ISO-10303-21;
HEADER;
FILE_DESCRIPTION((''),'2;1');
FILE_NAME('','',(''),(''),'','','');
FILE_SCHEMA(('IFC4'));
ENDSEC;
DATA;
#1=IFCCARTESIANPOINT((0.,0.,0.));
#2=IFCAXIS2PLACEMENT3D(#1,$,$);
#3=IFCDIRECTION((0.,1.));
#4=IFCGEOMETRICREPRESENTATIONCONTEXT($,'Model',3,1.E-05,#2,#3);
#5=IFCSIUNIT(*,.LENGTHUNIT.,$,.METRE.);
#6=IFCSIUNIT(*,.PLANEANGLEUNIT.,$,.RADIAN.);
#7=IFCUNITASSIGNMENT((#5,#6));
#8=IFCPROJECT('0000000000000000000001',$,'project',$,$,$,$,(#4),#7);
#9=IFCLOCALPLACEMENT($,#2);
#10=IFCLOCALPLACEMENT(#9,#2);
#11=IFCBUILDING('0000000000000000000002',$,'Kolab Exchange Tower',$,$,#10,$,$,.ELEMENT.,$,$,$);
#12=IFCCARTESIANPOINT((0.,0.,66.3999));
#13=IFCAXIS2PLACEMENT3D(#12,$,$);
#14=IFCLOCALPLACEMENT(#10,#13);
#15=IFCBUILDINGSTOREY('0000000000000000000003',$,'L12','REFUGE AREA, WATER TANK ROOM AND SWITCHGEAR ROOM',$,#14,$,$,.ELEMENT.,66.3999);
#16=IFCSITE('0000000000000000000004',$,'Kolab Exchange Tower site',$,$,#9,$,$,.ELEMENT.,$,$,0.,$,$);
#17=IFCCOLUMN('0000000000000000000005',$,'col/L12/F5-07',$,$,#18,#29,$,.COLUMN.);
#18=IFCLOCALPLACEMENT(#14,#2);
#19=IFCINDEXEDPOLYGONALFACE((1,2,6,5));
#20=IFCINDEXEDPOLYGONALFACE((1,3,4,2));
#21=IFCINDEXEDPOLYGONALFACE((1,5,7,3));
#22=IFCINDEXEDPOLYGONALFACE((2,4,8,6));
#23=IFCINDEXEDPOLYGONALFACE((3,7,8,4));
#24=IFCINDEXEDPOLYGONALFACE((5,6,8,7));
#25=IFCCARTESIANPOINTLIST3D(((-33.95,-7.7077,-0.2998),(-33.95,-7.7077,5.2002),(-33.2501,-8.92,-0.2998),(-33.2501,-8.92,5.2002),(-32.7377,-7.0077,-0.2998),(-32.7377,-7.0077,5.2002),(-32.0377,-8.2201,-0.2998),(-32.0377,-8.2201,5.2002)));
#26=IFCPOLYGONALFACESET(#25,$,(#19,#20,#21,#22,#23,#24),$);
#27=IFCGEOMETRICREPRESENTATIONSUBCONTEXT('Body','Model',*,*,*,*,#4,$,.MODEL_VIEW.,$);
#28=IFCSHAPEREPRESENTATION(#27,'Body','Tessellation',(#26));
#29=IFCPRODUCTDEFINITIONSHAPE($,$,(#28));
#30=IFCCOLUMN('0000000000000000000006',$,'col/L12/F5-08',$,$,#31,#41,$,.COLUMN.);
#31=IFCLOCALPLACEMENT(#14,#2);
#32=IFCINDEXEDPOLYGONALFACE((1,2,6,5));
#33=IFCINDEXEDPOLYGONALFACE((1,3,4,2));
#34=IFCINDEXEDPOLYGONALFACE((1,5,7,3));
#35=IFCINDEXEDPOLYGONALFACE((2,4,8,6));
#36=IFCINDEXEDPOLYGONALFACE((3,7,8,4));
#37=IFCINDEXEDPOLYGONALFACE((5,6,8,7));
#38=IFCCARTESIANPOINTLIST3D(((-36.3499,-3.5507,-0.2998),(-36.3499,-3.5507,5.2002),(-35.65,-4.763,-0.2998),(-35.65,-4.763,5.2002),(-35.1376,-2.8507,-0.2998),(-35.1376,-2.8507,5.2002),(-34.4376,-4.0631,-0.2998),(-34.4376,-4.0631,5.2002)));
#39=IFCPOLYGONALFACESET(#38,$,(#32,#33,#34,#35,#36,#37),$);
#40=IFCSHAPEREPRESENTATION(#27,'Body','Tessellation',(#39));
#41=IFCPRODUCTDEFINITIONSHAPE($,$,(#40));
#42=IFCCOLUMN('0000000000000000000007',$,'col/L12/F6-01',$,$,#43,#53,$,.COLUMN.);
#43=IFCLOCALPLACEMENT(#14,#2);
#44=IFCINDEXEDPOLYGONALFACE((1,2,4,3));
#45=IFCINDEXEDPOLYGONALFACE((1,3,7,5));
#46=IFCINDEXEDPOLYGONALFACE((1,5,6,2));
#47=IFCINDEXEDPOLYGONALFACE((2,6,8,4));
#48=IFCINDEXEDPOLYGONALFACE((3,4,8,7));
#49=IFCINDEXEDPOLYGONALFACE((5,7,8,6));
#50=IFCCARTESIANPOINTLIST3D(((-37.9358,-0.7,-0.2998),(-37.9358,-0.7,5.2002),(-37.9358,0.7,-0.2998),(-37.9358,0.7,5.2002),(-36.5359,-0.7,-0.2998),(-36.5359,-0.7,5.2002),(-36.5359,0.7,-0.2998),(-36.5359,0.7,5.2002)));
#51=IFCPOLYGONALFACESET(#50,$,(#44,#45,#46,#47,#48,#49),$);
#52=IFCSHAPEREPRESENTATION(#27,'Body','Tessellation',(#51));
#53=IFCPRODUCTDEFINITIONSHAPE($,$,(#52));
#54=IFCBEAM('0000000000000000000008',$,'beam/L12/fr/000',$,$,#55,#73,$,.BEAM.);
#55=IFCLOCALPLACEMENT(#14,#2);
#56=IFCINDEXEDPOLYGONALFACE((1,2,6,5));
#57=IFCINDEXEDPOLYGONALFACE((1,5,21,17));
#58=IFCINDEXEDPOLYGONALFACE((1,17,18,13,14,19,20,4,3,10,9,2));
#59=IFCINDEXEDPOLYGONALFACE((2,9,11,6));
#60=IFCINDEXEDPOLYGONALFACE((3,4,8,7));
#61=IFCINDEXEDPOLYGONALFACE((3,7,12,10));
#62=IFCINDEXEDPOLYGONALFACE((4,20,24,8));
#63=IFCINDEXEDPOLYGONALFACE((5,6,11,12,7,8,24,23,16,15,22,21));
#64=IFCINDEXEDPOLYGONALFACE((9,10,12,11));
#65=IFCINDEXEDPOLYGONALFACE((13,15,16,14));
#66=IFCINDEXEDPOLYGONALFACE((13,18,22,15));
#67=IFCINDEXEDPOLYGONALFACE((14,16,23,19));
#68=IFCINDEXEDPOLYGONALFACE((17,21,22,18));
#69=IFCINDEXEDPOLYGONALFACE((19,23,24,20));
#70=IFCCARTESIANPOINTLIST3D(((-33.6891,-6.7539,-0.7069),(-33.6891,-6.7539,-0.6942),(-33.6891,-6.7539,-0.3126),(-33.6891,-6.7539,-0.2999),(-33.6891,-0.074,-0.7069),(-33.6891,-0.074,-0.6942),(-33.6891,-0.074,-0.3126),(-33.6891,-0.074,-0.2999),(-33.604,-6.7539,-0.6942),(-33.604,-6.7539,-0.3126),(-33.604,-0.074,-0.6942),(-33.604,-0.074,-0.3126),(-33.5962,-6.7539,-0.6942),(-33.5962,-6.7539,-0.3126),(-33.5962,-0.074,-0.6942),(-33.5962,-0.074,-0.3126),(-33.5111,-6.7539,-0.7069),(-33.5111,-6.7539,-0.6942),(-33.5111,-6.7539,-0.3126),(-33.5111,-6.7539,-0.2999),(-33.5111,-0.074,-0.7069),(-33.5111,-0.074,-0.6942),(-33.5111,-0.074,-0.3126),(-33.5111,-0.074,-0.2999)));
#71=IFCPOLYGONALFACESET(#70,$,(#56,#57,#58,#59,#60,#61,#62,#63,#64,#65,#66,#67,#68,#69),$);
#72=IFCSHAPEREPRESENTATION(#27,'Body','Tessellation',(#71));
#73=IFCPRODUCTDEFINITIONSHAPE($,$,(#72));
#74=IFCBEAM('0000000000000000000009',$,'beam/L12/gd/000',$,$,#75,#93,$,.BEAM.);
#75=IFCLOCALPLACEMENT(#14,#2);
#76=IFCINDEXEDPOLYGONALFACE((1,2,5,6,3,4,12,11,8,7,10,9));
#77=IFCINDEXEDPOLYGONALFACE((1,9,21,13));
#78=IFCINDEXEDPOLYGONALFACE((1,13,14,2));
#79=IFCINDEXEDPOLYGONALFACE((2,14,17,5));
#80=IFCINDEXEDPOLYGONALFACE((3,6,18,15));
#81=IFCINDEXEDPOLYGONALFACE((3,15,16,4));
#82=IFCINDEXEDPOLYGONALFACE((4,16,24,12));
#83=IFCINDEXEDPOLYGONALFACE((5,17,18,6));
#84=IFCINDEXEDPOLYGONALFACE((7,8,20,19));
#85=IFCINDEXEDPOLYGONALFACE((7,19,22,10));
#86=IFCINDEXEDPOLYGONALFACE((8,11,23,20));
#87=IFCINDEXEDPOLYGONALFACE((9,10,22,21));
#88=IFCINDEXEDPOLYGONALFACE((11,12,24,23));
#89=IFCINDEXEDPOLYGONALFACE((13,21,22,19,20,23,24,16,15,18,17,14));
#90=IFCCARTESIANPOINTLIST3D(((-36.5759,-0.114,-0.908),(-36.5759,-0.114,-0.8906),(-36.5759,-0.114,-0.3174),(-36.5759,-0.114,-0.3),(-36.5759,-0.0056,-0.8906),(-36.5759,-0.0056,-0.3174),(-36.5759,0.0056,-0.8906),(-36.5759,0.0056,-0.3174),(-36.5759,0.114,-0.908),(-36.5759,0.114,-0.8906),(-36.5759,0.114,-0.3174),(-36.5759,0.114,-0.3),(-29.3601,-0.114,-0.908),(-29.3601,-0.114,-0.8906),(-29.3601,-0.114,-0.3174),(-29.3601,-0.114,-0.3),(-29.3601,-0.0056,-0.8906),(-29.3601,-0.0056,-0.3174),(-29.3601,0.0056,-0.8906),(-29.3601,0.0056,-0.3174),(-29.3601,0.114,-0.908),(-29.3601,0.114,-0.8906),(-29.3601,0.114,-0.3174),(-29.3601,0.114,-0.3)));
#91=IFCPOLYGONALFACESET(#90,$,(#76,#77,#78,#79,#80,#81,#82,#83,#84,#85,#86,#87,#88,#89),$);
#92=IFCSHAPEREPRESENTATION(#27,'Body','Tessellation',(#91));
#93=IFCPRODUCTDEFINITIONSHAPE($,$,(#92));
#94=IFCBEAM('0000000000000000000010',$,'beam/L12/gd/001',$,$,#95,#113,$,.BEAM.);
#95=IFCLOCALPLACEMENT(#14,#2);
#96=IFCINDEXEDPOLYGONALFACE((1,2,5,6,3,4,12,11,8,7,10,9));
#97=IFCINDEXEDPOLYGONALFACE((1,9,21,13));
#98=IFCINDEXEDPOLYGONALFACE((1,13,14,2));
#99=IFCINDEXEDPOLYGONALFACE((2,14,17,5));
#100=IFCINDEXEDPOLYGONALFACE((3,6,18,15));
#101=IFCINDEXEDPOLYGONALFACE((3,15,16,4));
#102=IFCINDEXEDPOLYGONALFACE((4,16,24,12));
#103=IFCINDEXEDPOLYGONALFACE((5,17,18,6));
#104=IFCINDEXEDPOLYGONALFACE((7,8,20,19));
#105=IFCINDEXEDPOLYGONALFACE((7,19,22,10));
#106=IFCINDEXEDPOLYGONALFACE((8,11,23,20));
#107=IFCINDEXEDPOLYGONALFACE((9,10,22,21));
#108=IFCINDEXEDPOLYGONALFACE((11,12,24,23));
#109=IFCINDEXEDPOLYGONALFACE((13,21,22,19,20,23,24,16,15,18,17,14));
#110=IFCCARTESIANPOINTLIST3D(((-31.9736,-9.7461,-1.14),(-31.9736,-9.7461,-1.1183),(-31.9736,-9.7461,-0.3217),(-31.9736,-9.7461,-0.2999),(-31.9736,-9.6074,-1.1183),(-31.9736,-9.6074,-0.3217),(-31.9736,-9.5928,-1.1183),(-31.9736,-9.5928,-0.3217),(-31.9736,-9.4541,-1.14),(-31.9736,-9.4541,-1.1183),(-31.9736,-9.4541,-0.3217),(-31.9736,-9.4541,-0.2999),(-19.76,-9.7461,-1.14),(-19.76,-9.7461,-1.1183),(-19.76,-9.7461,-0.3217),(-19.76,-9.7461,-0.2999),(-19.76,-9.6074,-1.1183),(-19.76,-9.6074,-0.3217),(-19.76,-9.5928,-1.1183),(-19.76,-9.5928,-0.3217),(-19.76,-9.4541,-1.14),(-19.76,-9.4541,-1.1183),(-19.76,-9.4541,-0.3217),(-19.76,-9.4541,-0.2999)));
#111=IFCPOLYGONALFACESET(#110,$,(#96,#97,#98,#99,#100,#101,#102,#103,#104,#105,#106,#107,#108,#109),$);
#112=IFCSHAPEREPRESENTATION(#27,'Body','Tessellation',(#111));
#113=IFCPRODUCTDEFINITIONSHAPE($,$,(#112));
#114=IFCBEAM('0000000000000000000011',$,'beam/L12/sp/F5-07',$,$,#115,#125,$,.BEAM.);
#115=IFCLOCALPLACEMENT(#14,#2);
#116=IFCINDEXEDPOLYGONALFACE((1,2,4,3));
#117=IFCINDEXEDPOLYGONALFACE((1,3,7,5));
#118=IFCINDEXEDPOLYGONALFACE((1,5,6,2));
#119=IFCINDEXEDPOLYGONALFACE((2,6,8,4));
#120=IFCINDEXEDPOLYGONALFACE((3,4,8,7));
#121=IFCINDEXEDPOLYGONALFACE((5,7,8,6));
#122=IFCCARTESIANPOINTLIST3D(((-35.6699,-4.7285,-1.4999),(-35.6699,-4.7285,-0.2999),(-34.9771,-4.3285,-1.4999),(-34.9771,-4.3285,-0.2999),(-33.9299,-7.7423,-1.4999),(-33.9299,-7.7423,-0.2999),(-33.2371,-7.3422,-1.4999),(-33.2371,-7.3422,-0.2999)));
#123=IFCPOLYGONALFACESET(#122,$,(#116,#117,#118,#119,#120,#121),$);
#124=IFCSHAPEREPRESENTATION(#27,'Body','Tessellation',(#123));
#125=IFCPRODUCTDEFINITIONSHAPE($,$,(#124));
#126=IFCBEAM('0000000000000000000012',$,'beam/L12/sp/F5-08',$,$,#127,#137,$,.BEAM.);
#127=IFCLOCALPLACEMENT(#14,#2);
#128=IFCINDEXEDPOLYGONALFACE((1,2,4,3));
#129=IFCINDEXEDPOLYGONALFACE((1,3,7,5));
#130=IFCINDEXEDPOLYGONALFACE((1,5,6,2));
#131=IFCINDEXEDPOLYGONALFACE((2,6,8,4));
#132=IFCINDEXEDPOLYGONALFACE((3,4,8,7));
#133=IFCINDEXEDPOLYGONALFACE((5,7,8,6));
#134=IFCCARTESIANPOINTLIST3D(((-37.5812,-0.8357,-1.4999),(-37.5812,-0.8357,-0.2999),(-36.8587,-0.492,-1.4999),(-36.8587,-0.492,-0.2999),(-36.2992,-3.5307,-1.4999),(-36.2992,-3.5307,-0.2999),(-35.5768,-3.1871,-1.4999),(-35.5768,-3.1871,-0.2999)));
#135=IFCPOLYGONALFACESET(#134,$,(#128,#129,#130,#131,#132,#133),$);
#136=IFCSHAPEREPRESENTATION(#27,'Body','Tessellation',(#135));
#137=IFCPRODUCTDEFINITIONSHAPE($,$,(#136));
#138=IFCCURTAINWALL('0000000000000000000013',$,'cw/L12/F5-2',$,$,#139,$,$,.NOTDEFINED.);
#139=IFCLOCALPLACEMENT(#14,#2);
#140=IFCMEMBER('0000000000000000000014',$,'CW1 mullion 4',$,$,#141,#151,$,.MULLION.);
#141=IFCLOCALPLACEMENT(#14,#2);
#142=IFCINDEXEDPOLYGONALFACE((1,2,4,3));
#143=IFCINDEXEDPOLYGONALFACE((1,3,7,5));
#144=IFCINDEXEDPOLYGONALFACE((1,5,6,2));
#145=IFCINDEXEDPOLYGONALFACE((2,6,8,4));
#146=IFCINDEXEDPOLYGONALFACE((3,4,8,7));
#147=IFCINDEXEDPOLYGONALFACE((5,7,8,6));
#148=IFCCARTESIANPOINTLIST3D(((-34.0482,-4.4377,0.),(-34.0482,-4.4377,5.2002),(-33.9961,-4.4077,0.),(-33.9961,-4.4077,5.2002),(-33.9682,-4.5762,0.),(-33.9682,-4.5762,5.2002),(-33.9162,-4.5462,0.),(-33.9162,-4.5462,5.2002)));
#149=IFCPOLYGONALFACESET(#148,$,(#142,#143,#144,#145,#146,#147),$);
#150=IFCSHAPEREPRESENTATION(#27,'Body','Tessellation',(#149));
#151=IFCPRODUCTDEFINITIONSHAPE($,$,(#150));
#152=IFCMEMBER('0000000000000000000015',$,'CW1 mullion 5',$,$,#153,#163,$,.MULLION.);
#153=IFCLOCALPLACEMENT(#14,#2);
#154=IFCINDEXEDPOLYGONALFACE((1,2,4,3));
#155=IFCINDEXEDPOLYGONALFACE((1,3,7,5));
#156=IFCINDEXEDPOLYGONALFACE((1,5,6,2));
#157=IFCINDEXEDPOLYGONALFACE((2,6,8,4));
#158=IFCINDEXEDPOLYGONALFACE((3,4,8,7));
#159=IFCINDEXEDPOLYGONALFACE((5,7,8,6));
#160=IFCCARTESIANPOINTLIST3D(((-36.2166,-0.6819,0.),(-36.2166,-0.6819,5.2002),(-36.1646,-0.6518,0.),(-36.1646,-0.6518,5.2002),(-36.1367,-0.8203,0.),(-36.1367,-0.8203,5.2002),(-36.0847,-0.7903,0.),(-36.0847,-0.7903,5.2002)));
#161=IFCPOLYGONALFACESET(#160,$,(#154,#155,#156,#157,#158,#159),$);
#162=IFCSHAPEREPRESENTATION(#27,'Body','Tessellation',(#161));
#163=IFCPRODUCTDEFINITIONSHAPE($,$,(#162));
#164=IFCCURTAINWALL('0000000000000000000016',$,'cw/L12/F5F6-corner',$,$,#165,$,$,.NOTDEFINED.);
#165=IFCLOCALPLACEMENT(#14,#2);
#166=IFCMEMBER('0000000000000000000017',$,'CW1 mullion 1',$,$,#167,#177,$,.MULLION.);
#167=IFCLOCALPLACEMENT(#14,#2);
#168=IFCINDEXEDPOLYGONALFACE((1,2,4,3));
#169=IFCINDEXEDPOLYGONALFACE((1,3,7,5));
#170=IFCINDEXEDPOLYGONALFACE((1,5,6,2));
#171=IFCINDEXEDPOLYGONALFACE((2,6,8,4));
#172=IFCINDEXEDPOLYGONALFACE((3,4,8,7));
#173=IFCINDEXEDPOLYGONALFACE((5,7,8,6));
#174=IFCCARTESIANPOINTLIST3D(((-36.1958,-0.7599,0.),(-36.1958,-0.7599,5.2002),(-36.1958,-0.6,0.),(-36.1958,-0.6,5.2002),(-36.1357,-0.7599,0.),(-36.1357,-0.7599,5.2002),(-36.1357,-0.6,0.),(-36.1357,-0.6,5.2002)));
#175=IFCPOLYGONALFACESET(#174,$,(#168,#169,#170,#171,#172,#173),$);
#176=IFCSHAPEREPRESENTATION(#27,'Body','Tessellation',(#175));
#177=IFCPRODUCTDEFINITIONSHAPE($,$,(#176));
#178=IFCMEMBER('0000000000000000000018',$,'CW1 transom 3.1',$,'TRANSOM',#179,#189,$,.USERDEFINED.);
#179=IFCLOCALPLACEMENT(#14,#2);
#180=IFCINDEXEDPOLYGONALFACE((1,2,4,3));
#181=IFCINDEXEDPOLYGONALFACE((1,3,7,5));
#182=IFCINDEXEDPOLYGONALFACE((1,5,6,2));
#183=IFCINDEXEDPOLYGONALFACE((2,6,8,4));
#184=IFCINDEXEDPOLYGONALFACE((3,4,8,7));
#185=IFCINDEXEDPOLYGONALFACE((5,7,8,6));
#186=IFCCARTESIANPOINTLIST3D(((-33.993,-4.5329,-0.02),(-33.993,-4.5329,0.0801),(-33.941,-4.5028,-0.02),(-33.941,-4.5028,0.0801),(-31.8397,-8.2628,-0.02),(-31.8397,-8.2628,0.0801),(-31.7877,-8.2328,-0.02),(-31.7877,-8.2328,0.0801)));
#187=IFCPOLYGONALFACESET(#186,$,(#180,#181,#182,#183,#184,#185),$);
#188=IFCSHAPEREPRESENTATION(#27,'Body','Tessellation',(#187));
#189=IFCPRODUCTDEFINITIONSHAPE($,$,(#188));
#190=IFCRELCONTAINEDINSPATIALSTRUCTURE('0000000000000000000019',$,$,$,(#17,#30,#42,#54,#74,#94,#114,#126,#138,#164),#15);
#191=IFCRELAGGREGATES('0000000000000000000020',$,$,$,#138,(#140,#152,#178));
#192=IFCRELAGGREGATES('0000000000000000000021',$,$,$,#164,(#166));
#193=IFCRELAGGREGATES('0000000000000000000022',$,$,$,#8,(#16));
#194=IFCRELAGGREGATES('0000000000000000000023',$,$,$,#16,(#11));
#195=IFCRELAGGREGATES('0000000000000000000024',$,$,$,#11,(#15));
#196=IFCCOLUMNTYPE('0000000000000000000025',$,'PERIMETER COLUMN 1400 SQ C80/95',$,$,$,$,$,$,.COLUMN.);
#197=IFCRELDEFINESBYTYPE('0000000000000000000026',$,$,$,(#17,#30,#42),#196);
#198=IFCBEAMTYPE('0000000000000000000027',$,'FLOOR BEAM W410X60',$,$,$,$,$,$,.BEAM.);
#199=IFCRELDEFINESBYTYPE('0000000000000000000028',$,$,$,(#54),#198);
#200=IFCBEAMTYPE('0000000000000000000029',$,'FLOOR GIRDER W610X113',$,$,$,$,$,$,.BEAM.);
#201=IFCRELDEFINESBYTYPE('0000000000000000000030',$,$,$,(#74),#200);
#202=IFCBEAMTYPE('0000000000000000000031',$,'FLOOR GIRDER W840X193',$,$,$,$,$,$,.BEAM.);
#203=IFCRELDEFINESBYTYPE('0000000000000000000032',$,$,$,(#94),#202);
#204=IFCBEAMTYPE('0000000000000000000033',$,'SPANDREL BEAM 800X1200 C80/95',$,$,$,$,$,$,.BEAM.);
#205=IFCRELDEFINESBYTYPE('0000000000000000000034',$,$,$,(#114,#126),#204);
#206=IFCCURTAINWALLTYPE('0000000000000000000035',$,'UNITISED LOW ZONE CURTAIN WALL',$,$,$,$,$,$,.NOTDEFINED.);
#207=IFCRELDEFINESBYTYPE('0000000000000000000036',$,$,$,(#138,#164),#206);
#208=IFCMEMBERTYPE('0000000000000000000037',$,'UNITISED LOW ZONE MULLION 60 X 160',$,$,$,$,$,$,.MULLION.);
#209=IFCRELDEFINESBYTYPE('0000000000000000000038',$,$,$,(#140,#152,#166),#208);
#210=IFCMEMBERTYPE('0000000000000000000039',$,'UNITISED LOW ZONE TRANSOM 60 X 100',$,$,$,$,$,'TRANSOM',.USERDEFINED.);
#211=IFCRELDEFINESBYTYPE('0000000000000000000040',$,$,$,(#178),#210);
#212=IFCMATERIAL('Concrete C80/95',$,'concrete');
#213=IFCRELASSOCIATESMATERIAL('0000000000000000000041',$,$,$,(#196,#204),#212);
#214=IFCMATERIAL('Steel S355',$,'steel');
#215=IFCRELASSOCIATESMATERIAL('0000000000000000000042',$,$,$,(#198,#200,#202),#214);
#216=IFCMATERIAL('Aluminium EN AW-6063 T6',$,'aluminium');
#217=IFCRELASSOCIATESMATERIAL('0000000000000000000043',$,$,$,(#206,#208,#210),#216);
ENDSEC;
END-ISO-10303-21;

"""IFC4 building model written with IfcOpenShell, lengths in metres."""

from ifc_helpers import new_model, si_unit, direction, frame, origin, origin_2d, place, context, subcontext, project, spatial, rectangle, i_section, extrude, material, material_profile, profile_set, type_object, element, aggregate, save


model = new_model("IFC4")

# Units and contexts
model_context = context("Model", 3, precision=1e-05, world=origin(), true_north=direction((0.0, 1.0)))
body_context = subcontext(model_context, "Body", "Model", "MODEL_VIEW")
ifc_project = project(units=[si_unit("LENGTHUNIT", "METRE"), si_unit("PLANEANGLEUNIT", "RADIAN")], contexts=[model_context])

# Site, building, storey
site_placement = place(None, origin())
site = spatial("IfcSite", under=ifc_project, at=site_placement, Name="Kolab Exchange Tower site", CompositionType="ELEMENT", RefElevation=0.0)
building_placement = place(site_placement, origin())
building = spatial("IfcBuilding", under=site, at=building_placement, Name="Kolab Exchange Tower", CompositionType="ELEMENT")
storey_placement = place(building_placement, frame((0.0, 0.0, 66.3999)))
storey = spatial("IfcBuildingStorey", under=building, at=storey_placement, Name="L12", Description="REFUGE AREA, WATER TANK ROOM AND SWITCHGEAR ROOM", CompositionType="ELEMENT", Elevation=66.3999)

# Columns
ifc_material_1 = material(Name="Concrete C80/95", Category="concrete")
ifc_material_profile_1 = material_profile(ifc_material_1, rectangle(XDim=1.3999, YDim=1.3999, at=origin_2d()), Name="RC1400")
ifc_profile_set_1 = profile_set([ifc_material_profile_1], Name="Concrete C80/95")
column_type = type_object("IfcColumnType", Name="PERIMETER COLUMN 1400 SQ C80/95", PredefinedType="COLUMN", material=ifc_profile_set_1)
for number, where, z_axis, x_axis, name in (
    (1, (-32.9939, -7.9639, -0.2998), (0.0, 0.0, 1.0), (0.866025, 0.5, 0.0), "col/L12/F5-07"),
    (2, (-35.3938, -3.8069, -0.2998), (0.0, 0.0, 1.0), (0.866025, 0.5, 0.0), "col/L12/F5-08"),
    (3, (-37.2358, 0.0, -0.2998), (0.0, 0.0, 1.0), (1.0, 0.0, 0.0), "col/L12/F6-01"),
):
    element("IfcColumn", number, at=place(storey_placement, frame(where, z_axis=z_axis, x_axis=x_axis)), inside=storey, type_object=column_type, Name=name, PredefinedType="COLUMN", context=body_context, shape_type="SweptSolid", body=[
        extrude(rectangle(XDim=1.3999, YDim=1.3999, at=origin_2d()), origin(), (0.0, 0.0, 1.0), 5.5),
    ])

# Beams
ifc_material_2 = material(Name="Steel S355", Category="steel")
ifc_material_profile_2 = material_profile(ifc_material_2, i_section(OverallWidth=0.178, OverallDepth=0.407, WebThickness=0.0078, FlangeThickness=0.0127, at=origin_2d()), Name="W410X60")
ifc_profile_set_2 = profile_set([ifc_material_profile_2], Name="Steel S355")
beam_type_1 = type_object("IfcBeamType", Name="FLOOR BEAM W410X60", PredefinedType="BEAM", material=ifc_profile_set_2)
beam_1_placement = place(storey_placement, frame((-33.6001, -6.7539, -0.5034), z_axis=(0.0, 1.0, 0.0), x_axis=(-1.0, 0.0, 0.0)))
element("IfcBeam", 4, at=beam_1_placement, inside=storey, type_object=beam_type_1, Name="beam/L12/fr/000", PredefinedType="BEAM", context=body_context, shape_type="SweptSolid", body=[
    extrude(i_section(OverallWidth=0.178, OverallDepth=0.407, WebThickness=0.0078, FlangeThickness=0.0127, at=origin_2d()), origin(), (0.0, 0.0, 1.0), 6.6799),
])
ifc_material_profile_3 = material_profile(ifc_material_2, i_section(OverallWidth=0.228, OverallDepth=0.6079, WebThickness=0.0112, FlangeThickness=0.0173, at=origin_2d()), Name="W610X113")
ifc_profile_set_3 = profile_set([ifc_material_profile_3], Name="Steel S355")
beam_type_2 = type_object("IfcBeamType", Name="FLOOR GIRDER W610X113", PredefinedType="BEAM", material=ifc_profile_set_3)
beam_2_placement = place(storey_placement, frame((-36.5759, 0.0, -0.604), z_axis=(1.0, 0.0, 0.0), x_axis=(0.0, 1.0, 0.0)))
element("IfcBeam", 5, at=beam_2_placement, inside=storey, type_object=beam_type_2, Name="beam/L12/gd/000", PredefinedType="BEAM", context=body_context, shape_type="SweptSolid", body=[
    extrude(i_section(OverallWidth=0.228, OverallDepth=0.6079, WebThickness=0.0112, FlangeThickness=0.0173, at=origin_2d()), origin(), (0.0, 0.0, 1.0), 7.2158),
])
ifc_material_profile_4 = material_profile(ifc_material_2, i_section(OverallWidth=0.292, OverallDepth=0.8401, WebThickness=0.0146, FlangeThickness=0.0217, at=origin_2d()), Name="W840X193")
ifc_profile_set_4 = profile_set([ifc_material_profile_4], Name="Steel S355")
beam_type_3 = type_object("IfcBeamType", Name="FLOOR GIRDER W840X193", PredefinedType="BEAM", material=ifc_profile_set_4)
beam_3_placement = place(storey_placement, frame((-31.9736, -9.6001, -0.72), z_axis=(1.0, 0.0, 0.0), x_axis=(0.0, 1.0, 0.0)))
element("IfcBeam", 6, at=beam_3_placement, inside=storey, type_object=beam_type_3, Name="beam/L12/gd/001", PredefinedType="BEAM", context=body_context, shape_type="SweptSolid", body=[
    extrude(i_section(OverallWidth=0.292, OverallDepth=0.8401, WebThickness=0.0146, FlangeThickness=0.0217, at=origin_2d()), origin(), (0.0, 0.0, 1.0), 12.2136),
])
ifc_material_profile_5 = material_profile(ifc_material_1, rectangle(XDim=0.8, YDim=1.2, at=origin_2d()), Name="RC800X1200")
ifc_profile_set_5 = profile_set([ifc_material_profile_5], Name="Concrete C80/95")
beam_type_4 = type_object("IfcBeamType", Name="SPANDREL BEAM 800X1200 C80/95", PredefinedType="BEAM", material=ifc_profile_set_5)
beam_4_placement = place(storey_placement, frame((-33.5835, -7.5422, -0.8999), z_axis=(-0.50001, 0.86602, 0.0), x_axis=(-0.86602, -0.50001, 0.0)))
element("IfcBeam", 7, at=beam_4_placement, inside=storey, type_object=beam_type_4, Name="beam/L12/sp/F5-07", PredefinedType="BEAM", context=body_context, shape_type="SweptSolid", body=[
    extrude(rectangle(XDim=0.8, YDim=1.2, at=origin_2d()), origin(), (0.0, 0.0, 1.0), 3.48),
])
beam_5_placement = place(storey_placement, frame((-35.938, -3.3589, -0.8999), z_axis=(-0.429556, 0.90304, 0.0), x_axis=(-0.90304, -0.429556, 0.0)))
element("IfcBeam", 8, at=beam_5_placement, inside=storey, type_object=beam_type_4, Name="beam/L12/sp/F5-08", PredefinedType="BEAM", context=body_context, shape_type="SweptSolid", body=[
    extrude(rectangle(XDim=0.8, YDim=1.2, at=origin_2d()), origin(), (0.0, 0.0, 1.0), 2.9844),
])

# Curtain wall, members
ifc_material_3 = material(Name="Aluminium EN AW-6063 T6", Category="aluminium")
curtain_wall_type = type_object("IfcCurtainWallType", Name="UNITISED LOW ZONE CURTAIN WALL", PredefinedType="NOTDEFINED", material=ifc_material_3)
curtain_wall_1_placement = place(storey_placement, origin())
curtain_wall_1 = element("IfcCurtainWall", 9, at=curtain_wall_1_placement, inside=storey, type_object=curtain_wall_type, Name="cw/L12/F5-2", PredefinedType="NOTDEFINED")
ifc_material_profile_6 = material_profile(ifc_material_3, rectangle(XDim=0.0601, YDim=0.1599, at=origin_2d()), Name="RECT 60X160")
ifc_profile_set_6 = profile_set([ifc_material_profile_6], Name="Aluminium EN AW-6063 T6")
member_type_1 = type_object("IfcMemberType", Name="UNITISED LOW ZONE MULLION 60 X 160", PredefinedType="MULLION", material=ifc_profile_set_6)
member_1_placement = place(storey_placement, frame((-33.9822, -4.4919, 0.0), z_axis=(0.0, 0.0, 1.0), x_axis=(-0.866025, -0.5, 0.0)))
member_1 = element("IfcMember", 10, at=member_1_placement, type_object=member_type_1, Name="CW1 mullion 4", PredefinedType="MULLION", context=body_context, shape_type="SweptSolid", body=[
    extrude(rectangle(XDim=0.0601, YDim=0.1599, at=origin_2d()), origin(), (0.0, 0.0, 1.0), 5.2002),
])
member_2_placement = place(storey_placement, frame((-36.1506, -0.7361, 0.0), z_axis=(0.0, 0.0, 1.0), x_axis=(-0.866025, -0.5, 0.0)))
member_2 = element("IfcMember", 11, at=member_2_placement, type_object=member_type_1, Name="CW1 mullion 5", PredefinedType="MULLION", context=body_context, shape_type="SweptSolid", body=[
    extrude(rectangle(XDim=0.0601, YDim=0.1599, at=origin_2d()), origin(), (0.0, 0.0, 1.0), 5.2002),
])

# Curtain wall, member
curtain_wall_2_placement = place(storey_placement, origin())
curtain_wall_2 = element("IfcCurtainWall", 12, at=curtain_wall_2_placement, inside=storey, type_object=curtain_wall_type, Name="cw/L12/F5F6-corner", PredefinedType="NOTDEFINED")
member_3_placement = place(storey_placement, frame((-36.1658, -0.6799, 0.0), z_axis=(0.0, 0.0, 1.0), x_axis=(-1.0, 0.0, 0.0)))
member_3 = element("IfcMember", 13, at=member_3_placement, type_object=member_type_1, Name="CW1 mullion 1", PredefinedType="MULLION", context=body_context, shape_type="SweptSolid", body=[
    extrude(rectangle(XDim=0.0601, YDim=0.1599, at=origin_2d()), origin(), (0.0, 0.0, 1.0), 5.2002),
])

# Member
ifc_material_profile_7 = material_profile(ifc_material_3, rectangle(XDim=0.0601, YDim=0.1001, at=origin_2d()), Name="RECT 60X100")
ifc_profile_set_7 = profile_set([ifc_material_profile_7], Name="Aluminium EN AW-6063 T6")
member_type_2 = type_object("IfcMemberType", Name="UNITISED LOW ZONE TRANSOM 60 X 100", ElementType="TRANSOM", PredefinedType="USERDEFINED", material=ifc_profile_set_7)
member_4_placement = place(storey_placement, frame((-31.8137, -8.2478, 0.03), z_axis=(-0.499968, 0.866044, 0.0), x_axis=(-0.866044, -0.499968, 0.0)))
member_4 = element("IfcMember", 14, at=member_4_placement, type_object=member_type_2, Name="CW1 transom 3.1", ObjectType="TRANSOM", PredefinedType="USERDEFINED", context=body_context, shape_type="SweptSolid", body=[
    extrude(rectangle(XDim=0.0601, YDim=0.1001, at=origin_2d()), origin(), (0.0, 0.0, 1.0), 4.3069),
])

aggregate(curtain_wall_1, [member_1, member_2, member_4])
aggregate(curtain_wall_2, [member_3])

save(model, "model.ifc")
